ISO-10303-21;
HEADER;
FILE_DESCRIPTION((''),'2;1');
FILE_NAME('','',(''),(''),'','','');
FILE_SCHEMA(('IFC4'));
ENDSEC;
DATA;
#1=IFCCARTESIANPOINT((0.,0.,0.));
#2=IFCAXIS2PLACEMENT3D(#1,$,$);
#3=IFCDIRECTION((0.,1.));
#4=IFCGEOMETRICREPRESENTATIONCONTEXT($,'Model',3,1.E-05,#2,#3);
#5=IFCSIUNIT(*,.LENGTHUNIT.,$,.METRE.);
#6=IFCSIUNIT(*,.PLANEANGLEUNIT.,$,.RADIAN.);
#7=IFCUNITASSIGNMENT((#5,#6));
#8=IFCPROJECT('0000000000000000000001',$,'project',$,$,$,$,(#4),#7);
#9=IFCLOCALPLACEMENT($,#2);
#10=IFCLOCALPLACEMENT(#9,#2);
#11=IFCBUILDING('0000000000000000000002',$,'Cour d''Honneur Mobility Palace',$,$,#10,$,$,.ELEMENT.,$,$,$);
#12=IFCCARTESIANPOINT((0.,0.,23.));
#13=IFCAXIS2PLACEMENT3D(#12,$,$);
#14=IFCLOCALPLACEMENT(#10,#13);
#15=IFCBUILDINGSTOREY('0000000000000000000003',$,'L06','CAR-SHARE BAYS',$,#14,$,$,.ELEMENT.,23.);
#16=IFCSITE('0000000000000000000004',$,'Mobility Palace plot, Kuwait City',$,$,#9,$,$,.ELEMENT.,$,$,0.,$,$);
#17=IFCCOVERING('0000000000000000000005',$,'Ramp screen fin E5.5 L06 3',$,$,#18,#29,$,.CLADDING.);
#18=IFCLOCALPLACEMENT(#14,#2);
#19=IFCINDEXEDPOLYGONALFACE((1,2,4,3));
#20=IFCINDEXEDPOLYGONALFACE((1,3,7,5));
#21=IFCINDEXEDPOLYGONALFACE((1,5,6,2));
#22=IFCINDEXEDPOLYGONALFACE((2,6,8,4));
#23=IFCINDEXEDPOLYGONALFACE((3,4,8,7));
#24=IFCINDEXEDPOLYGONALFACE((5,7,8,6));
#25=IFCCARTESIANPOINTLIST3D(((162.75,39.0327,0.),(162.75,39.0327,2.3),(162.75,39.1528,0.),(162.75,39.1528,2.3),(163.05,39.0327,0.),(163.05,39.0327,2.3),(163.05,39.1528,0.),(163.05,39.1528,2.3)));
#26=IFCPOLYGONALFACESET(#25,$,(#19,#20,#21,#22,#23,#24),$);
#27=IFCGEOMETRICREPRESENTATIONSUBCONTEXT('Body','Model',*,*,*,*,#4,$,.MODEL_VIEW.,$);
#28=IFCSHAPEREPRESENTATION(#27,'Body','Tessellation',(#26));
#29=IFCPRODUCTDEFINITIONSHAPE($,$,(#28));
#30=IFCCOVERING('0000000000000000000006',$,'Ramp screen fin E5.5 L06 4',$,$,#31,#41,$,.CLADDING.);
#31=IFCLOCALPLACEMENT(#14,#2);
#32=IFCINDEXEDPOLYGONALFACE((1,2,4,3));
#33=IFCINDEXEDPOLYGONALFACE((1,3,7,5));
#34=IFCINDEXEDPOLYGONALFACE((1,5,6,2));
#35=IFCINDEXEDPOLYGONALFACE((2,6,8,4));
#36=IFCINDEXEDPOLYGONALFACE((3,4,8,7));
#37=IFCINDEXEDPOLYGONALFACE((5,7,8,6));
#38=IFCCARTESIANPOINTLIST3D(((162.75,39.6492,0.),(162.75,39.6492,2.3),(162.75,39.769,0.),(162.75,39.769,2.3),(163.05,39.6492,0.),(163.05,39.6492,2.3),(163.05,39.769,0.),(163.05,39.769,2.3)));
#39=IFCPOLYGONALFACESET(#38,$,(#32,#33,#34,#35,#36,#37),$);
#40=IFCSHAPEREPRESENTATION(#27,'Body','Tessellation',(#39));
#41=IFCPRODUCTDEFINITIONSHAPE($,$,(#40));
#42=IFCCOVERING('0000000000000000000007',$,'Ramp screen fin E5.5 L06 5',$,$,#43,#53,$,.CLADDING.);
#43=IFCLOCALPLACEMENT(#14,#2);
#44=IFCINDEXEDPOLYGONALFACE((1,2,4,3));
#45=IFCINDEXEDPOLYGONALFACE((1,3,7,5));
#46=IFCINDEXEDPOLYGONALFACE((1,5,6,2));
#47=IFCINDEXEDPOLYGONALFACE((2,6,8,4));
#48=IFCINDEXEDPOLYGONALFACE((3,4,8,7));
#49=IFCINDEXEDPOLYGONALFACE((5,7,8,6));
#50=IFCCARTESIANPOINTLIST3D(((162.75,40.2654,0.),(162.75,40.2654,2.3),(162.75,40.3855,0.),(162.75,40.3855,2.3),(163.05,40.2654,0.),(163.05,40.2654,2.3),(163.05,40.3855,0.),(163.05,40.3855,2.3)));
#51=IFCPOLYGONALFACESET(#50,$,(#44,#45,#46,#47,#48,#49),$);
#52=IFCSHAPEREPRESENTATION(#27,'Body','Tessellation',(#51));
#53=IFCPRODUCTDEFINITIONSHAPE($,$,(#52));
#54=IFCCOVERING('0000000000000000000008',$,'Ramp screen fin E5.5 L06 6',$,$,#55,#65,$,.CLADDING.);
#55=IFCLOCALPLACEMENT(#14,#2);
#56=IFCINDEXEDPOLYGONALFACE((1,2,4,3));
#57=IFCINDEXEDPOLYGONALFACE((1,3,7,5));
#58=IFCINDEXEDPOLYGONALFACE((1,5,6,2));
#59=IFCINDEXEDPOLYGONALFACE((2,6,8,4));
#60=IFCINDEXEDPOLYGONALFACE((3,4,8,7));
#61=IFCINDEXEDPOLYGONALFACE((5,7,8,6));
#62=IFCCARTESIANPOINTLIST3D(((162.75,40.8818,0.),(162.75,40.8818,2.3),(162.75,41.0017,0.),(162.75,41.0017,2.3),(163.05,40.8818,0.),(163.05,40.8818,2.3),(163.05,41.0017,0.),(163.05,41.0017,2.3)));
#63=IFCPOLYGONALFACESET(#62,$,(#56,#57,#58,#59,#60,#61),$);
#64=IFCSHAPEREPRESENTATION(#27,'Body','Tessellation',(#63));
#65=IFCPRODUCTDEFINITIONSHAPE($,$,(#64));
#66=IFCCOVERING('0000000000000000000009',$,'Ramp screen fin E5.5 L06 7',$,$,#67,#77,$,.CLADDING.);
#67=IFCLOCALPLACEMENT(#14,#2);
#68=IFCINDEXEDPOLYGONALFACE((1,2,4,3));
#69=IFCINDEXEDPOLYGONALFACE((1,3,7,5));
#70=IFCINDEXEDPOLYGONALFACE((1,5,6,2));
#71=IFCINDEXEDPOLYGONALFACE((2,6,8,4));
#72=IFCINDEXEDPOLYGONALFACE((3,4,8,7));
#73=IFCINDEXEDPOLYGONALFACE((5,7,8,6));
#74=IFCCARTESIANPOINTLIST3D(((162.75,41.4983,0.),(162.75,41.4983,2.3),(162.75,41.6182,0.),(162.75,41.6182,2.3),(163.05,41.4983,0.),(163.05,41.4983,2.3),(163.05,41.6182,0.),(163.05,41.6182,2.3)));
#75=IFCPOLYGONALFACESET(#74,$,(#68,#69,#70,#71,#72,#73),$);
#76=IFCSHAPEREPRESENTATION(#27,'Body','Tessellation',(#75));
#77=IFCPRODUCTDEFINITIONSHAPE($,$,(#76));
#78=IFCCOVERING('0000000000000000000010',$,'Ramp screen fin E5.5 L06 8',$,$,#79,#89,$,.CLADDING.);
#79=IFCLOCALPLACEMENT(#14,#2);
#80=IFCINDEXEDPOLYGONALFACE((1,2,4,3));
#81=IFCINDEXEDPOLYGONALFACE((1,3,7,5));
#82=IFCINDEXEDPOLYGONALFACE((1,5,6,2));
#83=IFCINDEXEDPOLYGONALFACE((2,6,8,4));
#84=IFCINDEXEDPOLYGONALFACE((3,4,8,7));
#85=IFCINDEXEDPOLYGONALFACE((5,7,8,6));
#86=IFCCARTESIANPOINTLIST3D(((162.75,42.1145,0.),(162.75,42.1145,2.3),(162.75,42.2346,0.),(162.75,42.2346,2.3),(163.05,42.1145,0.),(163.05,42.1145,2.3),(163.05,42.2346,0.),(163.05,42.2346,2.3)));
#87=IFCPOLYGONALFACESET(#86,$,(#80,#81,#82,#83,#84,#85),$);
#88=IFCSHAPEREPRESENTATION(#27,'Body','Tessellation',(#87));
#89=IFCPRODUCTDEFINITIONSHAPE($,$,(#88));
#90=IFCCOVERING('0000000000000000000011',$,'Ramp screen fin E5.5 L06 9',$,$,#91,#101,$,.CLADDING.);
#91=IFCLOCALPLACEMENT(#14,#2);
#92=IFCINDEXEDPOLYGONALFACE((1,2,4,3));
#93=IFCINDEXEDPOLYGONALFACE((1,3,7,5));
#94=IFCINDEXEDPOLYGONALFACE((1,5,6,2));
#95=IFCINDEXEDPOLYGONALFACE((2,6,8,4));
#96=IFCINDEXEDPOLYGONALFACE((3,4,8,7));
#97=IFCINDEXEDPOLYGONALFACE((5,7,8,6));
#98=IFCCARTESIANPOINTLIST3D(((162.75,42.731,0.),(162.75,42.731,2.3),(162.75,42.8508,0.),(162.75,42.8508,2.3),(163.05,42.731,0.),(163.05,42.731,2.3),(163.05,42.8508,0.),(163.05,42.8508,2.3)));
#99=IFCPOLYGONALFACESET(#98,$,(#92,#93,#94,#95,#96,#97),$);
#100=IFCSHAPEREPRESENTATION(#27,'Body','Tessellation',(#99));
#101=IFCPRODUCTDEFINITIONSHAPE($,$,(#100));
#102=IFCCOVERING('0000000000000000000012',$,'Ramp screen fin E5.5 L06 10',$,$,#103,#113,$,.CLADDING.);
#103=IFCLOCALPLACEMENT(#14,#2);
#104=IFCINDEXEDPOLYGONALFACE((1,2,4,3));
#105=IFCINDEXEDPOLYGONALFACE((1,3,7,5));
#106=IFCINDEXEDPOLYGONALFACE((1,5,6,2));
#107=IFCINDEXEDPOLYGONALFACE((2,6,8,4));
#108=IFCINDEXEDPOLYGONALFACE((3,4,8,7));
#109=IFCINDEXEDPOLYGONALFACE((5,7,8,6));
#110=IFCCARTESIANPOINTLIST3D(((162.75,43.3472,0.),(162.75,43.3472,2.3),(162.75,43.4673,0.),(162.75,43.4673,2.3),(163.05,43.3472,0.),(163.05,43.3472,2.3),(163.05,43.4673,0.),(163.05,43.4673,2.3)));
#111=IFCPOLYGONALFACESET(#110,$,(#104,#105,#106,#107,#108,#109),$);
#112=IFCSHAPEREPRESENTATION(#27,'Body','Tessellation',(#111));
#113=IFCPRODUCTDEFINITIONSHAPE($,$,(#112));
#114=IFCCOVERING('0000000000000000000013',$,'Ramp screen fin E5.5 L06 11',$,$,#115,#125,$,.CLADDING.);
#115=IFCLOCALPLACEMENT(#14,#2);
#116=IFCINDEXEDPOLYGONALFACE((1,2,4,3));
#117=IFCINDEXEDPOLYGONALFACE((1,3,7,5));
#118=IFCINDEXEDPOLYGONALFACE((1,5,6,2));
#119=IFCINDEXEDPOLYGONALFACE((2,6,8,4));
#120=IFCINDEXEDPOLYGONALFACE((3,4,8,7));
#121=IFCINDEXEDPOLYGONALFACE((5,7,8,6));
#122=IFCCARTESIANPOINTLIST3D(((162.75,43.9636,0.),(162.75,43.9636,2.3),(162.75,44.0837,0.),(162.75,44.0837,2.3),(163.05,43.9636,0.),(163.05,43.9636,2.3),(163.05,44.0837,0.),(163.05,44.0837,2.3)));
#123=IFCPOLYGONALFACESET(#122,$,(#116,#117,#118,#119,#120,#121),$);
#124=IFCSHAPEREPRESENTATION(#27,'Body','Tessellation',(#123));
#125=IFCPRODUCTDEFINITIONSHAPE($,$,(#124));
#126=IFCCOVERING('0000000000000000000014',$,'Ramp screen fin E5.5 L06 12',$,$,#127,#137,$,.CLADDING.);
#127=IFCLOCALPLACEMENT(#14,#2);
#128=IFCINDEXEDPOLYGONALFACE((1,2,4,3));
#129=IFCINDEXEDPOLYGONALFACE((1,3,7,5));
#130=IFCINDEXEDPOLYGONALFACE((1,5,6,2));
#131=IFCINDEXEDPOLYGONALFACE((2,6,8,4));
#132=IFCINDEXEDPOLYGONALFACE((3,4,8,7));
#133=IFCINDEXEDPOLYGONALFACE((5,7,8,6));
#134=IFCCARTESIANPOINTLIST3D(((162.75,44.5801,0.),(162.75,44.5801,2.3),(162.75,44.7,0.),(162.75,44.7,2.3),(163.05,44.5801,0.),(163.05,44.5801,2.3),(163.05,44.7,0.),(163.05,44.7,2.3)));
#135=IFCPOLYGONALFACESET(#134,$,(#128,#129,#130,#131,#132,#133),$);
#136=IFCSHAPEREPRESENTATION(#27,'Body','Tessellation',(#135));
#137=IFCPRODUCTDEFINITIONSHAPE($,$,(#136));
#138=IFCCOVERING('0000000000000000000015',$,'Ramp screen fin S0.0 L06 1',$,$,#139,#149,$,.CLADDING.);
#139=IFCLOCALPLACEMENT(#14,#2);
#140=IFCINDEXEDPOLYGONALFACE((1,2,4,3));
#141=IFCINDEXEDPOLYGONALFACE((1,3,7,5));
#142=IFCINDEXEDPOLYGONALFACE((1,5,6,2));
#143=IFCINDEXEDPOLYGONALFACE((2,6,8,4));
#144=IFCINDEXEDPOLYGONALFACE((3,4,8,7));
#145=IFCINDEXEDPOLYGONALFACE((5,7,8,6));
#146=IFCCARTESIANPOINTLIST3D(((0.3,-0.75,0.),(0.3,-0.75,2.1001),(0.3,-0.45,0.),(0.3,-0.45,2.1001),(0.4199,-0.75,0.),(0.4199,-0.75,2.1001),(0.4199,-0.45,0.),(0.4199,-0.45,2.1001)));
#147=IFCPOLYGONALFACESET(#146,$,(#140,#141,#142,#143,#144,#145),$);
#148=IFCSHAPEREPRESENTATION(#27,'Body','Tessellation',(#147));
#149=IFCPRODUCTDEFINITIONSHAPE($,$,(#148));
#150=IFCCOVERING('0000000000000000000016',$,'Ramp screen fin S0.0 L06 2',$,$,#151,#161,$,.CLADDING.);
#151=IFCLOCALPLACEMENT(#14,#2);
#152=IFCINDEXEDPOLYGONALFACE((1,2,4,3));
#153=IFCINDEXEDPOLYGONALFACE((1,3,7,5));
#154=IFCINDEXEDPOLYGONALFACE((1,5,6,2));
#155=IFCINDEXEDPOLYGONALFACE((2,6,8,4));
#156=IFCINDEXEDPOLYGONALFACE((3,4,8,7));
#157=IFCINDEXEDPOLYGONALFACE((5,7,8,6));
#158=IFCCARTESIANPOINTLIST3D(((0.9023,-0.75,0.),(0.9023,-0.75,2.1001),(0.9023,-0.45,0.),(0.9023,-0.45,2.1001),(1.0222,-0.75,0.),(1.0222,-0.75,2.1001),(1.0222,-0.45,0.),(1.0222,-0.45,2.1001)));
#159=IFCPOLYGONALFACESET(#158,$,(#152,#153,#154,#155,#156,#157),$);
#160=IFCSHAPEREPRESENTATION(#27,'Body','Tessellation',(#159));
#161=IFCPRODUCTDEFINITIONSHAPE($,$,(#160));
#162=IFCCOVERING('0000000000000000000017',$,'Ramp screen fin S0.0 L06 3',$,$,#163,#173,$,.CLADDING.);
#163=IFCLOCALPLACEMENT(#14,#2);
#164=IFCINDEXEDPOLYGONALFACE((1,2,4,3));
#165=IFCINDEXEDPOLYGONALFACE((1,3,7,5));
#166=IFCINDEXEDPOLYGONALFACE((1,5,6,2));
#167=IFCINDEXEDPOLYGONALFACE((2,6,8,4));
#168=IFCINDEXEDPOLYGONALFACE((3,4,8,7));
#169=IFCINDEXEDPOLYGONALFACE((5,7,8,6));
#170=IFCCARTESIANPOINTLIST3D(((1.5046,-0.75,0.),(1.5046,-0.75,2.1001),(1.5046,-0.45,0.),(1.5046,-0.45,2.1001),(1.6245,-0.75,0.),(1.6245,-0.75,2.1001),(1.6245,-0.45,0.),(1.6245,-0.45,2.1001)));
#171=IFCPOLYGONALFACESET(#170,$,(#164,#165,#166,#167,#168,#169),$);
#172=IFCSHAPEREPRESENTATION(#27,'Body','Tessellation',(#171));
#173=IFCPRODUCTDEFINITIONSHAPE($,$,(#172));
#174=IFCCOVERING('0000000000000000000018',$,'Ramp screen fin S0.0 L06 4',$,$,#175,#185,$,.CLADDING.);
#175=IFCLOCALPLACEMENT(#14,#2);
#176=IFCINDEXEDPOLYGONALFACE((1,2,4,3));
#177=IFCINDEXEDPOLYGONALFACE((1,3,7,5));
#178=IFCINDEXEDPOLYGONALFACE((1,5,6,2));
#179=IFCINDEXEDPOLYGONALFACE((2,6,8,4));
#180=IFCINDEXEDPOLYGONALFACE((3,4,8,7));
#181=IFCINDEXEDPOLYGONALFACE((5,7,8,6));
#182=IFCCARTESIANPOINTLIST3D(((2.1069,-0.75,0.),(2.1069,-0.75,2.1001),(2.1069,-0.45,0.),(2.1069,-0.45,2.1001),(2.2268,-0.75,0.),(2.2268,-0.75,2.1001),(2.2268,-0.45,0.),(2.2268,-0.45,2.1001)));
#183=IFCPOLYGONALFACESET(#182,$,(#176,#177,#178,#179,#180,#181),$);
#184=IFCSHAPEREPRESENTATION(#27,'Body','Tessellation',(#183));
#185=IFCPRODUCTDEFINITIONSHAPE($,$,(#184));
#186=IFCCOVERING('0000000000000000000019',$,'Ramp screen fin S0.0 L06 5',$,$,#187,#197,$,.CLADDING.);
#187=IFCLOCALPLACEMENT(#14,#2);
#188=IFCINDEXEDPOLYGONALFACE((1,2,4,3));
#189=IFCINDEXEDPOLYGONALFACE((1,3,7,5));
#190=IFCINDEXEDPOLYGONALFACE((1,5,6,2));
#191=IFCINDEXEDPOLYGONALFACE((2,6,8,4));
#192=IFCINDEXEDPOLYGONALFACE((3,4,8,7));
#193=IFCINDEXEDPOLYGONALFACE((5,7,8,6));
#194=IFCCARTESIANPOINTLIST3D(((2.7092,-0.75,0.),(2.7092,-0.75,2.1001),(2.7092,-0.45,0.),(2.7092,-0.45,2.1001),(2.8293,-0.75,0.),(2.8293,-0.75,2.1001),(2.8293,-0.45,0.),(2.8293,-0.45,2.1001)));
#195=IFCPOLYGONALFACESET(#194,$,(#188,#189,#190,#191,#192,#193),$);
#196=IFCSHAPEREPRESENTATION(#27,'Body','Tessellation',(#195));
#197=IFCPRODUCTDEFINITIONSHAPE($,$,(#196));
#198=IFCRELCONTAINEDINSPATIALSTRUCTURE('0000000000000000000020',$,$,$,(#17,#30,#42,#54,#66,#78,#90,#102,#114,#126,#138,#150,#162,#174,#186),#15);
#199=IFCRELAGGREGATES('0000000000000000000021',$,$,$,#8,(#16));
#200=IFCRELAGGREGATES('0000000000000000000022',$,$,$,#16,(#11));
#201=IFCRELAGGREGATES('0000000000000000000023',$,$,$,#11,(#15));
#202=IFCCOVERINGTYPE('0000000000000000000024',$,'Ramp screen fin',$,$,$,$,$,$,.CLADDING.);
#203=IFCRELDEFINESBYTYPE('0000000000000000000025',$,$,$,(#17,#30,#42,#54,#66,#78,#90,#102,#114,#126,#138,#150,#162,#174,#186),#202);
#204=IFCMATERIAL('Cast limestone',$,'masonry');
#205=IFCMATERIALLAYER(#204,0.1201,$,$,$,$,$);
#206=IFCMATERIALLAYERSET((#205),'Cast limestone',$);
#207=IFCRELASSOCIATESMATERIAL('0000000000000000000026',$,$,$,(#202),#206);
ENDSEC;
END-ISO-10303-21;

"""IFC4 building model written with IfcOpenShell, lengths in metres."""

from ifc_helpers import new_model, si_unit, direction, frame, origin, place, context, subcontext, project, spatial, polyline, outline, extrude, material, layer, layer_set, type_object, element, save


model = new_model("IFC4")

# Units and contexts
model_context = context("Model", 3, precision=1e-05, world=origin(), true_north=direction((0.0, 1.0)))
body_context = subcontext(model_context, "Body", "Model", "MODEL_VIEW")
ifc_project = project(units=[si_unit("LENGTHUNIT", "METRE"), si_unit("PLANEANGLEUNIT", "RADIAN")], contexts=[model_context])

# Site, building, storey
site_placement = place(None, origin())
site = spatial("IfcSite", under=ifc_project, at=site_placement, Name="Mobility Palace plot, Kuwait City", CompositionType="ELEMENT", RefElevation=0.0)
building_placement = place(site_placement, origin())
building = spatial("IfcBuilding", under=site, at=building_placement, Name="Cour d'Honneur Mobility Palace", CompositionType="ELEMENT")
storey_placement = place(building_placement, frame((0.0, 0.0, 23.0)))
storey = spatial("IfcBuildingStorey", under=building, at=storey_placement, Name="L06", Description="CAR-SHARE BAYS", CompositionType="ELEMENT", Elevation=23.0)

# Coverings
ifc_material = material(Name="Cast limestone", Category="masonry")
ifc_layer = layer(ifc_material, 0.1201)
ifc_layer_set = layer_set([ifc_layer], Name="Cast limestone")
covering_type = type_object("IfcCoveringType", Name="Ramp screen fin", PredefinedType="CLADDING", material=ifc_layer_set)
covering_1_placement = place(storey_placement, origin())
element("IfcCovering", 1, at=covering_1_placement, inside=storey, type_object=covering_type, Name="Ramp screen fin E5.5 L06 3", PredefinedType="CLADDING", context=body_context, shape_type="SweptSolid", body=[
    extrude(outline(polyline([(162.75, 39.0327), (162.75, 39.1528), (163.05, 39.1528), (163.05, 39.0327), (162.75, 39.0327)])), origin(), (0.0, 0.0, 1.0), 2.3),
])
covering_2_placement = place(storey_placement, origin())
element("IfcCovering", 2, at=covering_2_placement, inside=storey, type_object=covering_type, Name="Ramp screen fin E5.5 L06 4", PredefinedType="CLADDING", context=body_context, shape_type="SweptSolid", body=[
    extrude(outline(polyline([(162.75, 39.6492), (162.75, 39.769), (163.05, 39.769), (163.05, 39.6492), (162.75, 39.6492)])), origin(), (0.0, 0.0, 1.0), 2.3),
])
covering_3_placement = place(storey_placement, origin())
element("IfcCovering", 3, at=covering_3_placement, inside=storey, type_object=covering_type, Name="Ramp screen fin E5.5 L06 5", PredefinedType="CLADDING", context=body_context, shape_type="SweptSolid", body=[
    extrude(outline(polyline([(162.75, 40.2654), (162.75, 40.3855), (163.05, 40.3855), (163.05, 40.2654), (162.75, 40.2654)])), origin(), (0.0, 0.0, 1.0), 2.3),
])
covering_4_placement = place(storey_placement, origin())
element("IfcCovering", 4, at=covering_4_placement, inside=storey, type_object=covering_type, Name="Ramp screen fin E5.5 L06 6", PredefinedType="CLADDING", context=body_context, shape_type="SweptSolid", body=[
    extrude(outline(polyline([(162.75, 40.8818), (162.75, 41.0017), (163.05, 41.0017), (163.05, 40.8818), (162.75, 40.8818)])), origin(), (0.0, 0.0, 1.0), 2.3),
])
covering_5_placement = place(storey_placement, origin())
element("IfcCovering", 5, at=covering_5_placement, inside=storey, type_object=covering_type, Name="Ramp screen fin E5.5 L06 7", PredefinedType="CLADDING", context=body_context, shape_type="SweptSolid", body=[
    extrude(outline(polyline([(162.75, 41.4983), (162.75, 41.6182), (163.05, 41.6182), (163.05, 41.4983), (162.75, 41.4983)])), origin(), (0.0, 0.0, 1.0), 2.3),
])
covering_6_placement = place(storey_placement, origin())
element("IfcCovering", 6, at=covering_6_placement, inside=storey, type_object=covering_type, Name="Ramp screen fin E5.5 L06 8", PredefinedType="CLADDING", context=body_context, shape_type="SweptSolid", body=[
    extrude(outline(polyline([(162.75, 42.1145), (162.75, 42.2346), (163.05, 42.2346), (163.05, 42.1145), (162.75, 42.1145)])), origin(), (0.0, 0.0, 1.0), 2.3),
])
covering_7_placement = place(storey_placement, origin())
element("IfcCovering", 7, at=covering_7_placement, inside=storey, type_object=covering_type, Name="Ramp screen fin E5.5 L06 9", PredefinedType="CLADDING", context=body_context, shape_type="SweptSolid", body=[
    extrude(outline(polyline([(162.75, 42.731), (162.75, 42.8508), (163.05, 42.8508), (163.05, 42.731), (162.75, 42.731)])), origin(), (0.0, 0.0, 1.0), 2.3),
])
covering_8_placement = place(storey_placement, origin())
element("IfcCovering", 8, at=covering_8_placement, inside=storey, type_object=covering_type, Name="Ramp screen fin E5.5 L06 10", PredefinedType="CLADDING", context=body_context, shape_type="SweptSolid", body=[
    extrude(outline(polyline([(162.75, 43.3472), (162.75, 43.4673), (163.05, 43.4673), (163.05, 43.3472), (162.75, 43.3472)])), origin(), (0.0, 0.0, 1.0), 2.3),
])
covering_9_placement = place(storey_placement, origin())
element("IfcCovering", 9, at=covering_9_placement, inside=storey, type_object=covering_type, Name="Ramp screen fin E5.5 L06 11", PredefinedType="CLADDING", context=body_context, shape_type="SweptSolid", body=[
    extrude(outline(polyline([(162.75, 43.9636), (162.75, 44.0837), (163.05, 44.0837), (163.05, 43.9636), (162.75, 43.9636)])), origin(), (0.0, 0.0, 1.0), 2.3),
])
covering_10_placement = place(storey_placement, origin())
element("IfcCovering", 10, at=covering_10_placement, inside=storey, type_object=covering_type, Name="Ramp screen fin E5.5 L06 12", PredefinedType="CLADDING", context=body_context, shape_type="SweptSolid", body=[
    extrude(outline(polyline([(162.75, 44.5801), (162.75, 44.7), (163.05, 44.7), (163.05, 44.5801), (162.75, 44.5801)])), origin(), (0.0, 0.0, 1.0), 2.3),
])
covering_11_placement = place(storey_placement, origin())
element("IfcCovering", 11, at=covering_11_placement, inside=storey, type_object=covering_type, Name="Ramp screen fin S0.0 L06 1", PredefinedType="CLADDING", context=body_context, shape_type="SweptSolid", body=[
    extrude(outline(polyline([(0.3, -0.45), (0.4199, -0.45), (0.4199, -0.75), (0.3, -0.75), (0.3, -0.45)])), origin(), (0.0, 0.0, 1.0), 2.1001),
])
covering_12_placement = place(storey_placement, origin())
element("IfcCovering", 12, at=covering_12_placement, inside=storey, type_object=covering_type, Name="Ramp screen fin S0.0 L06 2", PredefinedType="CLADDING", context=body_context, shape_type="SweptSolid", body=[
    extrude(outline(polyline([(0.9023, -0.45), (1.0222, -0.45), (1.0222, -0.75), (0.9023, -0.75), (0.9023, -0.45)])), origin(), (0.0, 0.0, 1.0), 2.1001),
])
covering_13_placement = place(storey_placement, origin())
element("IfcCovering", 13, at=covering_13_placement, inside=storey, type_object=covering_type, Name="Ramp screen fin S0.0 L06 3", PredefinedType="CLADDING", context=body_context, shape_type="SweptSolid", body=[
    extrude(outline(polyline([(1.5046, -0.45), (1.6245, -0.45), (1.6245, -0.75), (1.5046, -0.75), (1.5046, -0.45)])), origin(), (0.0, 0.0, 1.0), 2.1001),
])
covering_14_placement = place(storey_placement, origin())
element("IfcCovering", 14, at=covering_14_placement, inside=storey, type_object=covering_type, Name="Ramp screen fin S0.0 L06 4", PredefinedType="CLADDING", context=body_context, shape_type="SweptSolid", body=[
    extrude(outline(polyline([(2.1069, -0.45), (2.2268, -0.45), (2.2268, -0.75), (2.1069, -0.75), (2.1069, -0.45)])), origin(), (0.0, 0.0, 1.0), 2.1001),
])
covering_15_placement = place(storey_placement, origin())
element("IfcCovering", 15, at=covering_15_placement, inside=storey, type_object=covering_type, Name="Ramp screen fin S0.0 L06 5", PredefinedType="CLADDING", context=body_context, shape_type="SweptSolid", body=[
    extrude(outline(polyline([(2.7092, -0.45), (2.8293, -0.45), (2.8293, -0.75), (2.7092, -0.75), (2.7092, -0.45)])), origin(), (0.0, 0.0, 1.0), 2.1001),
])

save(model, "model.ifc")
